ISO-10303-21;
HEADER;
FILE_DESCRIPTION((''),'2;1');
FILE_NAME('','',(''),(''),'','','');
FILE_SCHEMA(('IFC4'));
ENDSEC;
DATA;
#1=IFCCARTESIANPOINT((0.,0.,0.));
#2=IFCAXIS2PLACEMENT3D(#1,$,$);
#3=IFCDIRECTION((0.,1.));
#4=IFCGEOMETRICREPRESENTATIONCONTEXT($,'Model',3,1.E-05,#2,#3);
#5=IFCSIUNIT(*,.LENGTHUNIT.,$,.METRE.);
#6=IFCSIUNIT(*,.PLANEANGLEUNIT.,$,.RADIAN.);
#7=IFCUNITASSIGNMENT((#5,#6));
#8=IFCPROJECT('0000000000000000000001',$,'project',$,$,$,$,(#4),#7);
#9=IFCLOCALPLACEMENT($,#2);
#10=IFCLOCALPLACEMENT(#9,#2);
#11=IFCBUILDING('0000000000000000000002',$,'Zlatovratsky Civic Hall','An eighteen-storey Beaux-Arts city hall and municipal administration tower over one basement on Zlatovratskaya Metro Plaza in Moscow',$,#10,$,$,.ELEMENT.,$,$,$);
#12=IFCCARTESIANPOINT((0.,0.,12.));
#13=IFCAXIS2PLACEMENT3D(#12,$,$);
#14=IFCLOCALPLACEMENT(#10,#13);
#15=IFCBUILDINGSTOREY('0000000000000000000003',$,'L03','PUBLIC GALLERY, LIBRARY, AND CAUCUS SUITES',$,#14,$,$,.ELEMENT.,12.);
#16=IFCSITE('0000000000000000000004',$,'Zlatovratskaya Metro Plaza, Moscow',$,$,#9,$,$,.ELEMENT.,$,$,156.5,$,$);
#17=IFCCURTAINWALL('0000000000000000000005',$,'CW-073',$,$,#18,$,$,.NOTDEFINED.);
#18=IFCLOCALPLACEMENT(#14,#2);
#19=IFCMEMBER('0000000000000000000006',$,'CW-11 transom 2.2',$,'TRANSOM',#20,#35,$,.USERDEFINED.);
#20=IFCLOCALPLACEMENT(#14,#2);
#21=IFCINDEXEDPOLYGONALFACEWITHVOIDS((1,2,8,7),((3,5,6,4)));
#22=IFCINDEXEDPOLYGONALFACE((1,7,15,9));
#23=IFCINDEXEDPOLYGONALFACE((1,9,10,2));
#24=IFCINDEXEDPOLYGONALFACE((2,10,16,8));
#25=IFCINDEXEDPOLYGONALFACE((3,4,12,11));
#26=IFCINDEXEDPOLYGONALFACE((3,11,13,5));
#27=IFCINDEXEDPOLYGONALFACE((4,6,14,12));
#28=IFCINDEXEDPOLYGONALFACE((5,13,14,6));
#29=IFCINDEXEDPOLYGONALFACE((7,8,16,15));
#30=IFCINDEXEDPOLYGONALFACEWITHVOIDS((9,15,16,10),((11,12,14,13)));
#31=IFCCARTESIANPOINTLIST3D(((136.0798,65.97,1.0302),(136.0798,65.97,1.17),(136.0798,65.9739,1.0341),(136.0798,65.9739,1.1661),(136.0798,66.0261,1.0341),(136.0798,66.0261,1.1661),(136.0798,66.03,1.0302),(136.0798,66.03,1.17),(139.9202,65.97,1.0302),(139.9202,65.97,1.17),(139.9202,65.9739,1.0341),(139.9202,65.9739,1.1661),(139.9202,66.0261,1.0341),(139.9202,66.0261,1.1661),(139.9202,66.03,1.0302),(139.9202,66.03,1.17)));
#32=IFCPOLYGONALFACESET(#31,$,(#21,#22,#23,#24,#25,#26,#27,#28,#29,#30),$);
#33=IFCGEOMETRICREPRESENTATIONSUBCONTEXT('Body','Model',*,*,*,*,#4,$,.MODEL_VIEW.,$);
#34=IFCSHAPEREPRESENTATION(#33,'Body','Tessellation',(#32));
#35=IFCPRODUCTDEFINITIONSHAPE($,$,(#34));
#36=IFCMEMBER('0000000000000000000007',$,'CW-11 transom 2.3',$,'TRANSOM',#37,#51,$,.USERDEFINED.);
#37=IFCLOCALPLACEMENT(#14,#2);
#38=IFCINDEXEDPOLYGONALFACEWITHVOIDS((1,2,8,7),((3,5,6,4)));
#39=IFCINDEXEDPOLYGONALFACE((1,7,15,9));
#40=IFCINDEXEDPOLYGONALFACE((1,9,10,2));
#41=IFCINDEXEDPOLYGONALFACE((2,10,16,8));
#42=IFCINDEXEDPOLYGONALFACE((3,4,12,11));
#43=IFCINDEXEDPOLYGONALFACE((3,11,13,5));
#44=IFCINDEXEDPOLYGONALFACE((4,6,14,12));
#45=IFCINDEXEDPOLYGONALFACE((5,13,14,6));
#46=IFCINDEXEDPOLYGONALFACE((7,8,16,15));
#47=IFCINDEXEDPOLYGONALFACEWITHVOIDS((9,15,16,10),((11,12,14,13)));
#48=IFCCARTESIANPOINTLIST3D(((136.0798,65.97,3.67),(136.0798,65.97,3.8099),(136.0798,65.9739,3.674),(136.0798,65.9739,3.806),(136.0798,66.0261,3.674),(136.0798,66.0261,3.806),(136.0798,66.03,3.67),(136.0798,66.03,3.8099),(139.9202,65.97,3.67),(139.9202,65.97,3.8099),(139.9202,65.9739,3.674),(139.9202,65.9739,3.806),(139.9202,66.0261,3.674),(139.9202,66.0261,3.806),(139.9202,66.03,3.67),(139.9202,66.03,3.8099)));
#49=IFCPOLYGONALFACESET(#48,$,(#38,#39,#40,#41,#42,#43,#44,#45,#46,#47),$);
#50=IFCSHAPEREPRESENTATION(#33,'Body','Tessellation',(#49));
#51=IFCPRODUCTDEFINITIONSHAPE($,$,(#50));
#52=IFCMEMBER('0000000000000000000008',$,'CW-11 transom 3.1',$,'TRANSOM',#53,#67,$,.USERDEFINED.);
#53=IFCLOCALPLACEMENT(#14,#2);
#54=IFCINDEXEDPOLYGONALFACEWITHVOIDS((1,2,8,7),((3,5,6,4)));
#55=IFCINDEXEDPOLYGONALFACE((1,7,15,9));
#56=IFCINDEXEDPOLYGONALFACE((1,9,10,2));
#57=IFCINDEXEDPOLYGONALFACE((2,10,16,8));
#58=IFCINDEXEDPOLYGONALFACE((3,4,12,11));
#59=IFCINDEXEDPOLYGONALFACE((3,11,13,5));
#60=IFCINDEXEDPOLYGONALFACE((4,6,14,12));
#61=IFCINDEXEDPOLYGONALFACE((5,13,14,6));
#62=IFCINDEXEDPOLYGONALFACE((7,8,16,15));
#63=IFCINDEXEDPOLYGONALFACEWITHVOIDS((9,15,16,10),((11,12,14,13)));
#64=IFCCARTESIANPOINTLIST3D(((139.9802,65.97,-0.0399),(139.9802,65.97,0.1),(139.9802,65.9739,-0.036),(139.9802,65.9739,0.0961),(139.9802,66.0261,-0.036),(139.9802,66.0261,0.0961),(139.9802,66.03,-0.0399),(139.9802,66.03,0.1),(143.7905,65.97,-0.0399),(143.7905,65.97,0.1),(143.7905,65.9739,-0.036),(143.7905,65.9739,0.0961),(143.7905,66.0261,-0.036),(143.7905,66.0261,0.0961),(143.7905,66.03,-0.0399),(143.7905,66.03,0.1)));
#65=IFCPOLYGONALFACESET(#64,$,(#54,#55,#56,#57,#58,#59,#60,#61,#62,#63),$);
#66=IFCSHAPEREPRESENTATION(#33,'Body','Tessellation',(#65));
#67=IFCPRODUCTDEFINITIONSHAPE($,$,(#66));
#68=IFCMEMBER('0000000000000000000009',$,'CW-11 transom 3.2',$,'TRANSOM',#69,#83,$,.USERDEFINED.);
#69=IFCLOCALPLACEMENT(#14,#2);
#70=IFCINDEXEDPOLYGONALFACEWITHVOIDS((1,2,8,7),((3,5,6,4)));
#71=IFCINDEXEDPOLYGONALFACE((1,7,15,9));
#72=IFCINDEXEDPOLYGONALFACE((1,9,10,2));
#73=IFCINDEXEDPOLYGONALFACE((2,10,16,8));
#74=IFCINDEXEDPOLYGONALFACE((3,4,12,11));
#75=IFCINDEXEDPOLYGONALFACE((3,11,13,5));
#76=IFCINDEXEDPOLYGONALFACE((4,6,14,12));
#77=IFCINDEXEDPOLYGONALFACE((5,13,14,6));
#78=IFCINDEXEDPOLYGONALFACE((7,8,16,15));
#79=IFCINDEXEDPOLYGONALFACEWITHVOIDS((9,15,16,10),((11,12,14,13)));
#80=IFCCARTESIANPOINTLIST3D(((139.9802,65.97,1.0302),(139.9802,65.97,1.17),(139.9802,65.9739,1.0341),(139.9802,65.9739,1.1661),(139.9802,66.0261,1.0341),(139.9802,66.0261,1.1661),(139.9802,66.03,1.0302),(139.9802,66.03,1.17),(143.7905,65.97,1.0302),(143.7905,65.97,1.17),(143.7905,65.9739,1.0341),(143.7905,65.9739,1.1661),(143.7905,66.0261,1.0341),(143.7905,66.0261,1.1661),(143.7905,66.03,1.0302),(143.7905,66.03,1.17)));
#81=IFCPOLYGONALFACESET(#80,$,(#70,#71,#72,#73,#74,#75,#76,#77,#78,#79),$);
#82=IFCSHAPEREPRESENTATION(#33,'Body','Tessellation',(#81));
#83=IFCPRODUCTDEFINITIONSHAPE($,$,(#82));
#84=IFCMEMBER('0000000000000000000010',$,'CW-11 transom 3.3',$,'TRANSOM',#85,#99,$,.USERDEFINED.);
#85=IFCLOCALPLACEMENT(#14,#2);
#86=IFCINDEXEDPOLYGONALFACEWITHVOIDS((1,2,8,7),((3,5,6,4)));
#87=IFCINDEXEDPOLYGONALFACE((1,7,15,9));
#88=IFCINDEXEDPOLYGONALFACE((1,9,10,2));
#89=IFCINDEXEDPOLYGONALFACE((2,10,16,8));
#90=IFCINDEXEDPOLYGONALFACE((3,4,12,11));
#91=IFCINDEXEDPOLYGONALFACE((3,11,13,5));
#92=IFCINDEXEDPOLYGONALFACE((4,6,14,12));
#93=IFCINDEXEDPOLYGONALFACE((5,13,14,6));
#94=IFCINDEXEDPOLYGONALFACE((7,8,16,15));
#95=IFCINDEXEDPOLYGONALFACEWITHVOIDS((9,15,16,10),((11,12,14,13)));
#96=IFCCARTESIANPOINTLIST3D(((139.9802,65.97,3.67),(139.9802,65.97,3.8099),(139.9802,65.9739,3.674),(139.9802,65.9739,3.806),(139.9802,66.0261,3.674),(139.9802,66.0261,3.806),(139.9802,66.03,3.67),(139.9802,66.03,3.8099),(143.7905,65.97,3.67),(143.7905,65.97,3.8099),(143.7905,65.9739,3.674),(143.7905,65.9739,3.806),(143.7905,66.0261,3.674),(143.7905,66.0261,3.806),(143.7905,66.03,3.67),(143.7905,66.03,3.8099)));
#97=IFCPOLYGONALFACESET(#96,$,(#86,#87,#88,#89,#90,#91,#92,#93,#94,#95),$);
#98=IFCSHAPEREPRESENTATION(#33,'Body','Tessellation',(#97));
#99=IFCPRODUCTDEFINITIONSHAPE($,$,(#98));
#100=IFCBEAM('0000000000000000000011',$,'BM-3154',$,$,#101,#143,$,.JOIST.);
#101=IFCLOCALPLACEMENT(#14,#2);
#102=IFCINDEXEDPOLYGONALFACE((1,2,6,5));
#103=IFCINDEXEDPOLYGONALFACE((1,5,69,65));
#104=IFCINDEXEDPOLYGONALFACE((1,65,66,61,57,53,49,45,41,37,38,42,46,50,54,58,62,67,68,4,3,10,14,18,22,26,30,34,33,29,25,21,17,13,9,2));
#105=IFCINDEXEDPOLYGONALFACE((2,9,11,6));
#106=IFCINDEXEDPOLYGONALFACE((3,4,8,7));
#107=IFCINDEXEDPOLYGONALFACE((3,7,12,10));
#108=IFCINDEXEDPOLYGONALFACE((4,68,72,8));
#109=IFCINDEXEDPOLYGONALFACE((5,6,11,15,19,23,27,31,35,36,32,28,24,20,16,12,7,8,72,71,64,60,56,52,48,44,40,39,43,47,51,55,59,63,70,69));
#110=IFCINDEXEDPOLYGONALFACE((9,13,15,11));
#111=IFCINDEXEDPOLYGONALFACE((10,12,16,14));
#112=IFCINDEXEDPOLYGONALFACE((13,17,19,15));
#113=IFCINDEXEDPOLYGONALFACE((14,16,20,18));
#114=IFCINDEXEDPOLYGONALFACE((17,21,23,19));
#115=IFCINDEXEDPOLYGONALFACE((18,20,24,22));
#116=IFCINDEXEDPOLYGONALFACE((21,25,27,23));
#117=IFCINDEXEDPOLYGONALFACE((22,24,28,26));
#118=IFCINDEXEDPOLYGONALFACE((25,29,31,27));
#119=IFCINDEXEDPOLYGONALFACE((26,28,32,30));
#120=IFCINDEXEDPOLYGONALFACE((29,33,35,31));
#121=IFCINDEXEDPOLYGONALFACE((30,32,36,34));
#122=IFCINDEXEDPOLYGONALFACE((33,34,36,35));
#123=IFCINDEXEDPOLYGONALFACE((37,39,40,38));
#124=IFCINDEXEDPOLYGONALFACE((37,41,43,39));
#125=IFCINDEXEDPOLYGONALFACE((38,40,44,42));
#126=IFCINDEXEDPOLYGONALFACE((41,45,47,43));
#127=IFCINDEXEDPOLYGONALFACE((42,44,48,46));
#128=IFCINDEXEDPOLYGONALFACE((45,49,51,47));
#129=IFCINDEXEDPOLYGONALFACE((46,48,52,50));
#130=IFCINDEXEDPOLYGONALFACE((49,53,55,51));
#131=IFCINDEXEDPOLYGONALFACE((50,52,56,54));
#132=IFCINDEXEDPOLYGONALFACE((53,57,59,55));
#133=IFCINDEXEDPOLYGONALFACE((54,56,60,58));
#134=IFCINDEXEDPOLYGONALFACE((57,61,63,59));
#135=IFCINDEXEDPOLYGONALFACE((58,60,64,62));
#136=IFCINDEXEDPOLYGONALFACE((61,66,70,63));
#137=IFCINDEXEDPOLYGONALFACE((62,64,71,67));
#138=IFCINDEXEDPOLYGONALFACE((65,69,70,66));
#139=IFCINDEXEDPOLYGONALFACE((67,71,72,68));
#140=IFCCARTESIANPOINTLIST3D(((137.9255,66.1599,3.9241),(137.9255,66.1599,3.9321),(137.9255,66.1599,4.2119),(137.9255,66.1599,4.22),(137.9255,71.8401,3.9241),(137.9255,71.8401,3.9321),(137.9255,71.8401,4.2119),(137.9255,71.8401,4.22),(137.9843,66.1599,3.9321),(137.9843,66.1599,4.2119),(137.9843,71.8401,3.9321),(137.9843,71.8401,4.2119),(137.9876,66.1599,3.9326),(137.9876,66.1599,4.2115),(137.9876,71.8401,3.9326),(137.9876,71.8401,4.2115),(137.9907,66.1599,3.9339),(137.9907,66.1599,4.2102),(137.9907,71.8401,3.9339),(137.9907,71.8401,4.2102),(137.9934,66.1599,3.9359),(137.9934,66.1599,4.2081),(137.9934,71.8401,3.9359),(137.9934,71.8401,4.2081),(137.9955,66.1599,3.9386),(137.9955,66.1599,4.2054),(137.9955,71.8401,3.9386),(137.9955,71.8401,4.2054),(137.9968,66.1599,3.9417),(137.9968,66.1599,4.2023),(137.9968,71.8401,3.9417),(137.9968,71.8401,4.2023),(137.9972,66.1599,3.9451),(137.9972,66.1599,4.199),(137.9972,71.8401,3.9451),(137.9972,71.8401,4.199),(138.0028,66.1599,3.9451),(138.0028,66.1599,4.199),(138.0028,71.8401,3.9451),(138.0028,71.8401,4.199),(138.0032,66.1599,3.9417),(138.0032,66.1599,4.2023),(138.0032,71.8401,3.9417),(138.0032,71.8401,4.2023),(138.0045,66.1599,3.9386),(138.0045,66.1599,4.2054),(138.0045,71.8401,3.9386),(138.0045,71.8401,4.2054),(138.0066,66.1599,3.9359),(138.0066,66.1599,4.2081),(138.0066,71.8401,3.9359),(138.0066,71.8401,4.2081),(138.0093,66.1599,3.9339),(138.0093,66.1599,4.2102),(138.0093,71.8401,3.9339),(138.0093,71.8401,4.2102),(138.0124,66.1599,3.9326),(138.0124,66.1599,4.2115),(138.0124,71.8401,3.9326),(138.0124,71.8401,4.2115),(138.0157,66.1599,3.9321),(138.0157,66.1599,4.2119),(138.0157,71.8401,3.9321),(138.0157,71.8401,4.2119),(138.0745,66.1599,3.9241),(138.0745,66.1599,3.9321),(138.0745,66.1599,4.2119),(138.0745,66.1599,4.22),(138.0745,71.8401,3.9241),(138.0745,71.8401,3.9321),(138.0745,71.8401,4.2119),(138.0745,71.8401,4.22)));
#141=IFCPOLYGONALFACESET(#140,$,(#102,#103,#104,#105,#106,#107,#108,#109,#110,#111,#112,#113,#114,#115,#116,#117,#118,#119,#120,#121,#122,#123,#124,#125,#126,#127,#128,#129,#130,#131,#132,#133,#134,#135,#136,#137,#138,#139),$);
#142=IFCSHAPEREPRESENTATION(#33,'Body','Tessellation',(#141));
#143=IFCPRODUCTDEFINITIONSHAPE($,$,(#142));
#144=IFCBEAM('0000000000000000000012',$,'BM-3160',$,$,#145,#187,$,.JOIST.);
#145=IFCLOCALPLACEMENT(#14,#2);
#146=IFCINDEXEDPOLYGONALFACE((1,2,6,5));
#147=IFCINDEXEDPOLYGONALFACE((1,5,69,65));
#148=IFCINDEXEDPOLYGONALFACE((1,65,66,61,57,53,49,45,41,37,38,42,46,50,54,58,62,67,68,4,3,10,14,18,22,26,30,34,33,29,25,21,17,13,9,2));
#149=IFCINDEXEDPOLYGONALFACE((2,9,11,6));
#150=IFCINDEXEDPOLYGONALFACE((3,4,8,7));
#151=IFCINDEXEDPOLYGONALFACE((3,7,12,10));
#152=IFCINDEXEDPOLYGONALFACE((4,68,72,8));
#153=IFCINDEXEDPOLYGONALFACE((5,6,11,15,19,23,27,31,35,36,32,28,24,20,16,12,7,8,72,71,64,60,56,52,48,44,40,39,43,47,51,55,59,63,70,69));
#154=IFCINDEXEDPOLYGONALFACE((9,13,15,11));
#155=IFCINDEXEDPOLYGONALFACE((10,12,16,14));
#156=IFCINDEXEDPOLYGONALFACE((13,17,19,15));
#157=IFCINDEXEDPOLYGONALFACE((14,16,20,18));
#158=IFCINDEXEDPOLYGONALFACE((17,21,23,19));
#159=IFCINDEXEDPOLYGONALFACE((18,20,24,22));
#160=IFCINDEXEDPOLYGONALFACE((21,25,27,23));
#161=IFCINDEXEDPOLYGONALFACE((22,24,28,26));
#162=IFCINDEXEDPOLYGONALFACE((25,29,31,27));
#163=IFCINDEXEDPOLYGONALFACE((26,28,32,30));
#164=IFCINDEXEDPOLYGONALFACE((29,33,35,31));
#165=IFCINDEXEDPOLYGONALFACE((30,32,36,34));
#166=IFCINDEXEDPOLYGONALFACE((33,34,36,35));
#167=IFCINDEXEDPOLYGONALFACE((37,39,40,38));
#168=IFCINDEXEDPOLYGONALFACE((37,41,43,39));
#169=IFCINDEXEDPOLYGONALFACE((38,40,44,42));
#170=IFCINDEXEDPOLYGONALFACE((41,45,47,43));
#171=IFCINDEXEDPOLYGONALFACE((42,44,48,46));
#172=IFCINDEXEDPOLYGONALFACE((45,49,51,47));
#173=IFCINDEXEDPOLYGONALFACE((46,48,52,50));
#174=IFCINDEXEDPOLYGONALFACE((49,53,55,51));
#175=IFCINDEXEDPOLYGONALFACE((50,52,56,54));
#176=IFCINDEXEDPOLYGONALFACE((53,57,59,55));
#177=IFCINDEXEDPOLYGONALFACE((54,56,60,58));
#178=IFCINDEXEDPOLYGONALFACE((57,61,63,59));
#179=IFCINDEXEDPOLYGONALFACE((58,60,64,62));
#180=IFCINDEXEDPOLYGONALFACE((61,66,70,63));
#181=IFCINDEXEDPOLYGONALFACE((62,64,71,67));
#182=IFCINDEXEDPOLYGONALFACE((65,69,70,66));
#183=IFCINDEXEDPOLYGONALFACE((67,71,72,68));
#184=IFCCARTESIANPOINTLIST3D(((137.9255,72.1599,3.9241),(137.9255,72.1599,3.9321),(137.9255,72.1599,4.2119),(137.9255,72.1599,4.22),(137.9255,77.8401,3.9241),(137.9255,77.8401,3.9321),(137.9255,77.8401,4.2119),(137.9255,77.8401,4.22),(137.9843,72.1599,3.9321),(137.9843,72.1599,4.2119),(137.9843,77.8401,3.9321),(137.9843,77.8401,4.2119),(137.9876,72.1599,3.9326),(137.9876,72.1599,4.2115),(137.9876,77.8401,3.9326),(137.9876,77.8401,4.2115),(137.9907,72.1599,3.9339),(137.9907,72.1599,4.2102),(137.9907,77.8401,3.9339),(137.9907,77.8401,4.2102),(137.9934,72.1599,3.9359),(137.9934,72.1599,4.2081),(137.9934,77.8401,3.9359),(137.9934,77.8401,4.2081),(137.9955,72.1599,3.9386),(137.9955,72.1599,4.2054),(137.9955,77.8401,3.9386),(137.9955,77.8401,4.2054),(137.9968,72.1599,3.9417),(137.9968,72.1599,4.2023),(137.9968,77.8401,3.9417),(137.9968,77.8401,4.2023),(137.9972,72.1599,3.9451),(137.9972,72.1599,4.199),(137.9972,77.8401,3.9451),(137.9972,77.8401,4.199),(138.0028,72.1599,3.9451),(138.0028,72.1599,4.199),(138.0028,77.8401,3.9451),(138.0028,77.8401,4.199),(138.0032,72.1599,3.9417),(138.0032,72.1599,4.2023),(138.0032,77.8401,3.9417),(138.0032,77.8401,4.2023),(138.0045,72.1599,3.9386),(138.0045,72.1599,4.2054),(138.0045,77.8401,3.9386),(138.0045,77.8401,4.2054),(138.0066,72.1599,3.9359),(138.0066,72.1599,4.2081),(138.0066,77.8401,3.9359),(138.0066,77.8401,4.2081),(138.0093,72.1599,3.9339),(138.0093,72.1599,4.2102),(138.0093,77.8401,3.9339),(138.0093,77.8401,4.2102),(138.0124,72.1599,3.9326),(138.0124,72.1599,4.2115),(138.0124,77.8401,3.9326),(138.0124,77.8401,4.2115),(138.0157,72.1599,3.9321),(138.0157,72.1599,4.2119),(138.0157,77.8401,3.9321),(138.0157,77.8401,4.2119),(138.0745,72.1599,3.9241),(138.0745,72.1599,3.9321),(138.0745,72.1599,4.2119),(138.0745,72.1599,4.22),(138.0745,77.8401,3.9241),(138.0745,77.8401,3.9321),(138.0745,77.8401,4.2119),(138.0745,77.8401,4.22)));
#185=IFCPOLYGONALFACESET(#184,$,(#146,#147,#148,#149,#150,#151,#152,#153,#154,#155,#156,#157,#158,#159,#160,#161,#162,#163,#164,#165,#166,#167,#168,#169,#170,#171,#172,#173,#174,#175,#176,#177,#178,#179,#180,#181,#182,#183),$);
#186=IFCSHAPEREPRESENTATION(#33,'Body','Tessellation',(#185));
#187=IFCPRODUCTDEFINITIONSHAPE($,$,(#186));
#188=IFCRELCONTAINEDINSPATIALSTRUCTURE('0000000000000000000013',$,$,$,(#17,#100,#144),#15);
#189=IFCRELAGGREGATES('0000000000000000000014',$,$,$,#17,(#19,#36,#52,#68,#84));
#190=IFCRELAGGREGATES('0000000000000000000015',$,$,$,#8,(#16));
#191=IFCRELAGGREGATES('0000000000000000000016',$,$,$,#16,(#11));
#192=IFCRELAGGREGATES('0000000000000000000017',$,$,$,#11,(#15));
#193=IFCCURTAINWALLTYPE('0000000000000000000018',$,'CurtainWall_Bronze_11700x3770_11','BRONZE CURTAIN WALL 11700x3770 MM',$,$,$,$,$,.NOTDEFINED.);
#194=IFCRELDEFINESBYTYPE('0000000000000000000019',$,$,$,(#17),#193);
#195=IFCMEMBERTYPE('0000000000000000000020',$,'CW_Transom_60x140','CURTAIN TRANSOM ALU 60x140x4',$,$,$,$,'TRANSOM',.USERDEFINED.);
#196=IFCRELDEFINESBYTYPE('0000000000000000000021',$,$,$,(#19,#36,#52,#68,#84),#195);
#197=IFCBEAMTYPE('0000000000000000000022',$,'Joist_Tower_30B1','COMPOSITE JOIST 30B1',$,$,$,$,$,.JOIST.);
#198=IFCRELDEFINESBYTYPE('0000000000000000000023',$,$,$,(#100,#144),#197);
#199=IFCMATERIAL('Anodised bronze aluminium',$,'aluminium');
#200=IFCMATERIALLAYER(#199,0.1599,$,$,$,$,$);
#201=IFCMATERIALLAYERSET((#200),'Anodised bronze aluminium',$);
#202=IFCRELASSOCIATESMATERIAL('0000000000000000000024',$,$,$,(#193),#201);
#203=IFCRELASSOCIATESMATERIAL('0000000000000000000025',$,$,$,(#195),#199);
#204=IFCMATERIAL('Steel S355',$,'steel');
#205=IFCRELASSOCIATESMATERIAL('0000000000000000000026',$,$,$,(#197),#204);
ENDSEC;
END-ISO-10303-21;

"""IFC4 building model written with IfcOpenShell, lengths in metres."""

from ifc_helpers import new_model, si_unit, direction, frame, origin, origin_2d, place, context, subcontext, project, spatial, hollow_rectangle, i_section, extrude, material, layer, layer_set, material_profile, profile_set, type_object, element, aggregate, save


model = new_model("IFC4")

# Units and contexts
model_context = context("Model", 3, precision=1e-05, world=origin(), true_north=direction((0.0, 1.0)))
body_context = subcontext(model_context, "Body", "Model", "MODEL_VIEW")
ifc_project = project(units=[si_unit("LENGTHUNIT", "METRE"), si_unit("PLANEANGLEUNIT", "RADIAN")], contexts=[model_context])

# Site, building, storey
site_placement = place(None, origin())
site = spatial("IfcSite", under=ifc_project, at=site_placement, Name="Zlatovratskaya Metro Plaza, Moscow", CompositionType="ELEMENT", RefElevation=156.5)
building_placement = place(site_placement, origin())
building = spatial("IfcBuilding", under=site, at=building_placement, Name="Zlatovratsky Civic Hall", Description="An eighteen-storey Beaux-Arts city hall and municipal administration tower over one basement on Zlatovratskaya Metro Plaza in Moscow", CompositionType="ELEMENT")
storey_placement = place(building_placement, frame((0.0, 0.0, 12.0)))
storey = spatial("IfcBuildingStorey", under=building, at=storey_placement, Name="L03", Description="PUBLIC GALLERY, LIBRARY, AND CAUCUS SUITES", CompositionType="ELEMENT", Elevation=12.0)

# Shared definitions
ifc_material_1 = material(Name="Steel S355", Category="steel")

# Curtain wall
ifc_material_2 = material(Name="Anodised bronze aluminium", Category="aluminium")
ifc_layer_1 = layer(ifc_material_2, 0.1599)
ifc_layer_set_1 = layer_set([ifc_layer_1], Name="Anodised bronze aluminium")
curtain_wall_type_1 = type_object("IfcCurtainWallType", Name="CurtainWall_Bronze_11700x3770_11", Description="BRONZE CURTAIN WALL 11700x3770 MM", PredefinedType="NOTDEFINED", material=ifc_layer_set_1)
curtain_wall_1_placement = place(storey_placement, origin())
curtain_wall_1 = element("IfcCurtainWall", 1, at=curtain_wall_1_placement, inside=storey, type_object=curtain_wall_type_1, Name="CW-073", PredefinedType="NOTDEFINED")

# Members
ifc_material_profile_1 = material_profile(ifc_material_2, hollow_rectangle(XDim=0.0601, YDim=0.1399, WallThickness=0.0039, at=origin_2d()), Name="ALU 60x140x4")
ifc_profile_set_1 = profile_set([ifc_material_profile_1], Name="Anodised bronze aluminium")
member_type_1 = type_object("IfcMemberType", Name="CW_Transom_60x140", Description="CURTAIN TRANSOM ALU 60x140x4", ElementType="TRANSOM", PredefinedType="USERDEFINED", material=ifc_profile_set_1)
member_1_placement = place(storey_placement, frame((136.0798, 66.0, 1.1001), z_axis=(1.0, 0.0, 0.0), x_axis=(0.0, 1.0, 0.0)))
member_1 = element("IfcMember", 2, at=member_1_placement, type_object=member_type_1, Name="CW-11 transom 2.2", ObjectType="TRANSOM", PredefinedType="USERDEFINED", context=body_context, shape_type="SweptSolid", body=[
    extrude(hollow_rectangle(XDim=0.0601, YDim=0.1399, WallThickness=0.0039, at=origin_2d()), origin(), (0.0, 0.0, 1.0), 3.8403),
])
member_2_placement = place(storey_placement, frame((136.0798, 66.0, 3.74), z_axis=(1.0, 0.0, 0.0), x_axis=(0.0, 1.0, 0.0)))
member_2 = element("IfcMember", 3, at=member_2_placement, type_object=member_type_1, Name="CW-11 transom 2.3", ObjectType="TRANSOM", PredefinedType="USERDEFINED", context=body_context, shape_type="SweptSolid", body=[
    extrude(hollow_rectangle(XDim=0.0601, YDim=0.1399, WallThickness=0.0039, at=origin_2d()), origin(), (0.0, 0.0, 1.0), 3.8403),
])
member_3_placement = place(storey_placement, frame((139.9802, 66.0, 0.03), z_axis=(1.0, 0.0, 0.0), x_axis=(0.0, 1.0, 0.0)))
member_3 = element("IfcMember", 4, at=member_3_placement, type_object=member_type_1, Name="CW-11 transom 3.1", ObjectType="TRANSOM", PredefinedType="USERDEFINED", context=body_context, shape_type="SweptSolid", body=[
    extrude(hollow_rectangle(XDim=0.0601, YDim=0.1399, WallThickness=0.0039, at=origin_2d()), origin(), (0.0, 0.0, 1.0), 3.8103),
])
member_4_placement = place(storey_placement, frame((139.9802, 66.0, 1.1001), z_axis=(1.0, 0.0, 0.0), x_axis=(0.0, 1.0, 0.0)))
member_4 = element("IfcMember", 5, at=member_4_placement, type_object=member_type_1, Name="CW-11 transom 3.2", ObjectType="TRANSOM", PredefinedType="USERDEFINED", context=body_context, shape_type="SweptSolid", body=[
    extrude(hollow_rectangle(XDim=0.0601, YDim=0.1399, WallThickness=0.0039, at=origin_2d()), origin(), (0.0, 0.0, 1.0), 3.8103),
])
member_5_placement = place(storey_placement, frame((139.9802, 66.0, 3.74), z_axis=(1.0, 0.0, 0.0), x_axis=(0.0, 1.0, 0.0)))
member_5 = element("IfcMember", 6, at=member_5_placement, type_object=member_type_1, Name="CW-11 transom 3.3", ObjectType="TRANSOM", PredefinedType="USERDEFINED", context=body_context, shape_type="SweptSolid", body=[
    extrude(hollow_rectangle(XDim=0.0601, YDim=0.1399, WallThickness=0.0039, at=origin_2d()), origin(), (0.0, 0.0, 1.0), 3.8103),
])

# Beams
ifc_material_profile_2 = material_profile(ifc_material_1, i_section(OverallWidth=0.1489, OverallDepth=0.2959, WebThickness=0.0056, FlangeThickness=0.0081, FilletRadius=0.0129, at=origin_2d()), Name="30B1")
ifc_profile_set_2 = profile_set([ifc_material_profile_2], Name="Steel S355")
beam_type_1 = type_object("IfcBeamType", Name="Joist_Tower_30B1", Description="COMPOSITE JOIST 30B1", PredefinedType="JOIST", material=ifc_profile_set_2)
for number, where, z_axis, x_axis, name in (
    (7, (138.0, 66.1599, 4.072), (0.0, 1.0, 0.0), (-1.0, 0.0, 0.0), "BM-3154"),
    (8, (138.0, 72.1599, 4.072), (0.0, 1.0, 0.0), (-1.0, 0.0, 0.0), "BM-3160"),
):
    element("IfcBeam", number, at=place(storey_placement, frame(where, z_axis=z_axis, x_axis=x_axis)), inside=storey, type_object=beam_type_1, Name=name, PredefinedType="JOIST", context=body_context, shape_type="SweptSolid", body=[
        extrude(i_section(OverallWidth=0.1489, OverallDepth=0.2959, WebThickness=0.0056, FlangeThickness=0.0081, FilletRadius=0.0129, at=origin_2d()), origin(), (0.0, 0.0, 1.0), 5.6802),
    ])

aggregate(curtain_wall_1, [member_1, member_2, member_3, member_4, member_5])

save(model, "model.ifc")
